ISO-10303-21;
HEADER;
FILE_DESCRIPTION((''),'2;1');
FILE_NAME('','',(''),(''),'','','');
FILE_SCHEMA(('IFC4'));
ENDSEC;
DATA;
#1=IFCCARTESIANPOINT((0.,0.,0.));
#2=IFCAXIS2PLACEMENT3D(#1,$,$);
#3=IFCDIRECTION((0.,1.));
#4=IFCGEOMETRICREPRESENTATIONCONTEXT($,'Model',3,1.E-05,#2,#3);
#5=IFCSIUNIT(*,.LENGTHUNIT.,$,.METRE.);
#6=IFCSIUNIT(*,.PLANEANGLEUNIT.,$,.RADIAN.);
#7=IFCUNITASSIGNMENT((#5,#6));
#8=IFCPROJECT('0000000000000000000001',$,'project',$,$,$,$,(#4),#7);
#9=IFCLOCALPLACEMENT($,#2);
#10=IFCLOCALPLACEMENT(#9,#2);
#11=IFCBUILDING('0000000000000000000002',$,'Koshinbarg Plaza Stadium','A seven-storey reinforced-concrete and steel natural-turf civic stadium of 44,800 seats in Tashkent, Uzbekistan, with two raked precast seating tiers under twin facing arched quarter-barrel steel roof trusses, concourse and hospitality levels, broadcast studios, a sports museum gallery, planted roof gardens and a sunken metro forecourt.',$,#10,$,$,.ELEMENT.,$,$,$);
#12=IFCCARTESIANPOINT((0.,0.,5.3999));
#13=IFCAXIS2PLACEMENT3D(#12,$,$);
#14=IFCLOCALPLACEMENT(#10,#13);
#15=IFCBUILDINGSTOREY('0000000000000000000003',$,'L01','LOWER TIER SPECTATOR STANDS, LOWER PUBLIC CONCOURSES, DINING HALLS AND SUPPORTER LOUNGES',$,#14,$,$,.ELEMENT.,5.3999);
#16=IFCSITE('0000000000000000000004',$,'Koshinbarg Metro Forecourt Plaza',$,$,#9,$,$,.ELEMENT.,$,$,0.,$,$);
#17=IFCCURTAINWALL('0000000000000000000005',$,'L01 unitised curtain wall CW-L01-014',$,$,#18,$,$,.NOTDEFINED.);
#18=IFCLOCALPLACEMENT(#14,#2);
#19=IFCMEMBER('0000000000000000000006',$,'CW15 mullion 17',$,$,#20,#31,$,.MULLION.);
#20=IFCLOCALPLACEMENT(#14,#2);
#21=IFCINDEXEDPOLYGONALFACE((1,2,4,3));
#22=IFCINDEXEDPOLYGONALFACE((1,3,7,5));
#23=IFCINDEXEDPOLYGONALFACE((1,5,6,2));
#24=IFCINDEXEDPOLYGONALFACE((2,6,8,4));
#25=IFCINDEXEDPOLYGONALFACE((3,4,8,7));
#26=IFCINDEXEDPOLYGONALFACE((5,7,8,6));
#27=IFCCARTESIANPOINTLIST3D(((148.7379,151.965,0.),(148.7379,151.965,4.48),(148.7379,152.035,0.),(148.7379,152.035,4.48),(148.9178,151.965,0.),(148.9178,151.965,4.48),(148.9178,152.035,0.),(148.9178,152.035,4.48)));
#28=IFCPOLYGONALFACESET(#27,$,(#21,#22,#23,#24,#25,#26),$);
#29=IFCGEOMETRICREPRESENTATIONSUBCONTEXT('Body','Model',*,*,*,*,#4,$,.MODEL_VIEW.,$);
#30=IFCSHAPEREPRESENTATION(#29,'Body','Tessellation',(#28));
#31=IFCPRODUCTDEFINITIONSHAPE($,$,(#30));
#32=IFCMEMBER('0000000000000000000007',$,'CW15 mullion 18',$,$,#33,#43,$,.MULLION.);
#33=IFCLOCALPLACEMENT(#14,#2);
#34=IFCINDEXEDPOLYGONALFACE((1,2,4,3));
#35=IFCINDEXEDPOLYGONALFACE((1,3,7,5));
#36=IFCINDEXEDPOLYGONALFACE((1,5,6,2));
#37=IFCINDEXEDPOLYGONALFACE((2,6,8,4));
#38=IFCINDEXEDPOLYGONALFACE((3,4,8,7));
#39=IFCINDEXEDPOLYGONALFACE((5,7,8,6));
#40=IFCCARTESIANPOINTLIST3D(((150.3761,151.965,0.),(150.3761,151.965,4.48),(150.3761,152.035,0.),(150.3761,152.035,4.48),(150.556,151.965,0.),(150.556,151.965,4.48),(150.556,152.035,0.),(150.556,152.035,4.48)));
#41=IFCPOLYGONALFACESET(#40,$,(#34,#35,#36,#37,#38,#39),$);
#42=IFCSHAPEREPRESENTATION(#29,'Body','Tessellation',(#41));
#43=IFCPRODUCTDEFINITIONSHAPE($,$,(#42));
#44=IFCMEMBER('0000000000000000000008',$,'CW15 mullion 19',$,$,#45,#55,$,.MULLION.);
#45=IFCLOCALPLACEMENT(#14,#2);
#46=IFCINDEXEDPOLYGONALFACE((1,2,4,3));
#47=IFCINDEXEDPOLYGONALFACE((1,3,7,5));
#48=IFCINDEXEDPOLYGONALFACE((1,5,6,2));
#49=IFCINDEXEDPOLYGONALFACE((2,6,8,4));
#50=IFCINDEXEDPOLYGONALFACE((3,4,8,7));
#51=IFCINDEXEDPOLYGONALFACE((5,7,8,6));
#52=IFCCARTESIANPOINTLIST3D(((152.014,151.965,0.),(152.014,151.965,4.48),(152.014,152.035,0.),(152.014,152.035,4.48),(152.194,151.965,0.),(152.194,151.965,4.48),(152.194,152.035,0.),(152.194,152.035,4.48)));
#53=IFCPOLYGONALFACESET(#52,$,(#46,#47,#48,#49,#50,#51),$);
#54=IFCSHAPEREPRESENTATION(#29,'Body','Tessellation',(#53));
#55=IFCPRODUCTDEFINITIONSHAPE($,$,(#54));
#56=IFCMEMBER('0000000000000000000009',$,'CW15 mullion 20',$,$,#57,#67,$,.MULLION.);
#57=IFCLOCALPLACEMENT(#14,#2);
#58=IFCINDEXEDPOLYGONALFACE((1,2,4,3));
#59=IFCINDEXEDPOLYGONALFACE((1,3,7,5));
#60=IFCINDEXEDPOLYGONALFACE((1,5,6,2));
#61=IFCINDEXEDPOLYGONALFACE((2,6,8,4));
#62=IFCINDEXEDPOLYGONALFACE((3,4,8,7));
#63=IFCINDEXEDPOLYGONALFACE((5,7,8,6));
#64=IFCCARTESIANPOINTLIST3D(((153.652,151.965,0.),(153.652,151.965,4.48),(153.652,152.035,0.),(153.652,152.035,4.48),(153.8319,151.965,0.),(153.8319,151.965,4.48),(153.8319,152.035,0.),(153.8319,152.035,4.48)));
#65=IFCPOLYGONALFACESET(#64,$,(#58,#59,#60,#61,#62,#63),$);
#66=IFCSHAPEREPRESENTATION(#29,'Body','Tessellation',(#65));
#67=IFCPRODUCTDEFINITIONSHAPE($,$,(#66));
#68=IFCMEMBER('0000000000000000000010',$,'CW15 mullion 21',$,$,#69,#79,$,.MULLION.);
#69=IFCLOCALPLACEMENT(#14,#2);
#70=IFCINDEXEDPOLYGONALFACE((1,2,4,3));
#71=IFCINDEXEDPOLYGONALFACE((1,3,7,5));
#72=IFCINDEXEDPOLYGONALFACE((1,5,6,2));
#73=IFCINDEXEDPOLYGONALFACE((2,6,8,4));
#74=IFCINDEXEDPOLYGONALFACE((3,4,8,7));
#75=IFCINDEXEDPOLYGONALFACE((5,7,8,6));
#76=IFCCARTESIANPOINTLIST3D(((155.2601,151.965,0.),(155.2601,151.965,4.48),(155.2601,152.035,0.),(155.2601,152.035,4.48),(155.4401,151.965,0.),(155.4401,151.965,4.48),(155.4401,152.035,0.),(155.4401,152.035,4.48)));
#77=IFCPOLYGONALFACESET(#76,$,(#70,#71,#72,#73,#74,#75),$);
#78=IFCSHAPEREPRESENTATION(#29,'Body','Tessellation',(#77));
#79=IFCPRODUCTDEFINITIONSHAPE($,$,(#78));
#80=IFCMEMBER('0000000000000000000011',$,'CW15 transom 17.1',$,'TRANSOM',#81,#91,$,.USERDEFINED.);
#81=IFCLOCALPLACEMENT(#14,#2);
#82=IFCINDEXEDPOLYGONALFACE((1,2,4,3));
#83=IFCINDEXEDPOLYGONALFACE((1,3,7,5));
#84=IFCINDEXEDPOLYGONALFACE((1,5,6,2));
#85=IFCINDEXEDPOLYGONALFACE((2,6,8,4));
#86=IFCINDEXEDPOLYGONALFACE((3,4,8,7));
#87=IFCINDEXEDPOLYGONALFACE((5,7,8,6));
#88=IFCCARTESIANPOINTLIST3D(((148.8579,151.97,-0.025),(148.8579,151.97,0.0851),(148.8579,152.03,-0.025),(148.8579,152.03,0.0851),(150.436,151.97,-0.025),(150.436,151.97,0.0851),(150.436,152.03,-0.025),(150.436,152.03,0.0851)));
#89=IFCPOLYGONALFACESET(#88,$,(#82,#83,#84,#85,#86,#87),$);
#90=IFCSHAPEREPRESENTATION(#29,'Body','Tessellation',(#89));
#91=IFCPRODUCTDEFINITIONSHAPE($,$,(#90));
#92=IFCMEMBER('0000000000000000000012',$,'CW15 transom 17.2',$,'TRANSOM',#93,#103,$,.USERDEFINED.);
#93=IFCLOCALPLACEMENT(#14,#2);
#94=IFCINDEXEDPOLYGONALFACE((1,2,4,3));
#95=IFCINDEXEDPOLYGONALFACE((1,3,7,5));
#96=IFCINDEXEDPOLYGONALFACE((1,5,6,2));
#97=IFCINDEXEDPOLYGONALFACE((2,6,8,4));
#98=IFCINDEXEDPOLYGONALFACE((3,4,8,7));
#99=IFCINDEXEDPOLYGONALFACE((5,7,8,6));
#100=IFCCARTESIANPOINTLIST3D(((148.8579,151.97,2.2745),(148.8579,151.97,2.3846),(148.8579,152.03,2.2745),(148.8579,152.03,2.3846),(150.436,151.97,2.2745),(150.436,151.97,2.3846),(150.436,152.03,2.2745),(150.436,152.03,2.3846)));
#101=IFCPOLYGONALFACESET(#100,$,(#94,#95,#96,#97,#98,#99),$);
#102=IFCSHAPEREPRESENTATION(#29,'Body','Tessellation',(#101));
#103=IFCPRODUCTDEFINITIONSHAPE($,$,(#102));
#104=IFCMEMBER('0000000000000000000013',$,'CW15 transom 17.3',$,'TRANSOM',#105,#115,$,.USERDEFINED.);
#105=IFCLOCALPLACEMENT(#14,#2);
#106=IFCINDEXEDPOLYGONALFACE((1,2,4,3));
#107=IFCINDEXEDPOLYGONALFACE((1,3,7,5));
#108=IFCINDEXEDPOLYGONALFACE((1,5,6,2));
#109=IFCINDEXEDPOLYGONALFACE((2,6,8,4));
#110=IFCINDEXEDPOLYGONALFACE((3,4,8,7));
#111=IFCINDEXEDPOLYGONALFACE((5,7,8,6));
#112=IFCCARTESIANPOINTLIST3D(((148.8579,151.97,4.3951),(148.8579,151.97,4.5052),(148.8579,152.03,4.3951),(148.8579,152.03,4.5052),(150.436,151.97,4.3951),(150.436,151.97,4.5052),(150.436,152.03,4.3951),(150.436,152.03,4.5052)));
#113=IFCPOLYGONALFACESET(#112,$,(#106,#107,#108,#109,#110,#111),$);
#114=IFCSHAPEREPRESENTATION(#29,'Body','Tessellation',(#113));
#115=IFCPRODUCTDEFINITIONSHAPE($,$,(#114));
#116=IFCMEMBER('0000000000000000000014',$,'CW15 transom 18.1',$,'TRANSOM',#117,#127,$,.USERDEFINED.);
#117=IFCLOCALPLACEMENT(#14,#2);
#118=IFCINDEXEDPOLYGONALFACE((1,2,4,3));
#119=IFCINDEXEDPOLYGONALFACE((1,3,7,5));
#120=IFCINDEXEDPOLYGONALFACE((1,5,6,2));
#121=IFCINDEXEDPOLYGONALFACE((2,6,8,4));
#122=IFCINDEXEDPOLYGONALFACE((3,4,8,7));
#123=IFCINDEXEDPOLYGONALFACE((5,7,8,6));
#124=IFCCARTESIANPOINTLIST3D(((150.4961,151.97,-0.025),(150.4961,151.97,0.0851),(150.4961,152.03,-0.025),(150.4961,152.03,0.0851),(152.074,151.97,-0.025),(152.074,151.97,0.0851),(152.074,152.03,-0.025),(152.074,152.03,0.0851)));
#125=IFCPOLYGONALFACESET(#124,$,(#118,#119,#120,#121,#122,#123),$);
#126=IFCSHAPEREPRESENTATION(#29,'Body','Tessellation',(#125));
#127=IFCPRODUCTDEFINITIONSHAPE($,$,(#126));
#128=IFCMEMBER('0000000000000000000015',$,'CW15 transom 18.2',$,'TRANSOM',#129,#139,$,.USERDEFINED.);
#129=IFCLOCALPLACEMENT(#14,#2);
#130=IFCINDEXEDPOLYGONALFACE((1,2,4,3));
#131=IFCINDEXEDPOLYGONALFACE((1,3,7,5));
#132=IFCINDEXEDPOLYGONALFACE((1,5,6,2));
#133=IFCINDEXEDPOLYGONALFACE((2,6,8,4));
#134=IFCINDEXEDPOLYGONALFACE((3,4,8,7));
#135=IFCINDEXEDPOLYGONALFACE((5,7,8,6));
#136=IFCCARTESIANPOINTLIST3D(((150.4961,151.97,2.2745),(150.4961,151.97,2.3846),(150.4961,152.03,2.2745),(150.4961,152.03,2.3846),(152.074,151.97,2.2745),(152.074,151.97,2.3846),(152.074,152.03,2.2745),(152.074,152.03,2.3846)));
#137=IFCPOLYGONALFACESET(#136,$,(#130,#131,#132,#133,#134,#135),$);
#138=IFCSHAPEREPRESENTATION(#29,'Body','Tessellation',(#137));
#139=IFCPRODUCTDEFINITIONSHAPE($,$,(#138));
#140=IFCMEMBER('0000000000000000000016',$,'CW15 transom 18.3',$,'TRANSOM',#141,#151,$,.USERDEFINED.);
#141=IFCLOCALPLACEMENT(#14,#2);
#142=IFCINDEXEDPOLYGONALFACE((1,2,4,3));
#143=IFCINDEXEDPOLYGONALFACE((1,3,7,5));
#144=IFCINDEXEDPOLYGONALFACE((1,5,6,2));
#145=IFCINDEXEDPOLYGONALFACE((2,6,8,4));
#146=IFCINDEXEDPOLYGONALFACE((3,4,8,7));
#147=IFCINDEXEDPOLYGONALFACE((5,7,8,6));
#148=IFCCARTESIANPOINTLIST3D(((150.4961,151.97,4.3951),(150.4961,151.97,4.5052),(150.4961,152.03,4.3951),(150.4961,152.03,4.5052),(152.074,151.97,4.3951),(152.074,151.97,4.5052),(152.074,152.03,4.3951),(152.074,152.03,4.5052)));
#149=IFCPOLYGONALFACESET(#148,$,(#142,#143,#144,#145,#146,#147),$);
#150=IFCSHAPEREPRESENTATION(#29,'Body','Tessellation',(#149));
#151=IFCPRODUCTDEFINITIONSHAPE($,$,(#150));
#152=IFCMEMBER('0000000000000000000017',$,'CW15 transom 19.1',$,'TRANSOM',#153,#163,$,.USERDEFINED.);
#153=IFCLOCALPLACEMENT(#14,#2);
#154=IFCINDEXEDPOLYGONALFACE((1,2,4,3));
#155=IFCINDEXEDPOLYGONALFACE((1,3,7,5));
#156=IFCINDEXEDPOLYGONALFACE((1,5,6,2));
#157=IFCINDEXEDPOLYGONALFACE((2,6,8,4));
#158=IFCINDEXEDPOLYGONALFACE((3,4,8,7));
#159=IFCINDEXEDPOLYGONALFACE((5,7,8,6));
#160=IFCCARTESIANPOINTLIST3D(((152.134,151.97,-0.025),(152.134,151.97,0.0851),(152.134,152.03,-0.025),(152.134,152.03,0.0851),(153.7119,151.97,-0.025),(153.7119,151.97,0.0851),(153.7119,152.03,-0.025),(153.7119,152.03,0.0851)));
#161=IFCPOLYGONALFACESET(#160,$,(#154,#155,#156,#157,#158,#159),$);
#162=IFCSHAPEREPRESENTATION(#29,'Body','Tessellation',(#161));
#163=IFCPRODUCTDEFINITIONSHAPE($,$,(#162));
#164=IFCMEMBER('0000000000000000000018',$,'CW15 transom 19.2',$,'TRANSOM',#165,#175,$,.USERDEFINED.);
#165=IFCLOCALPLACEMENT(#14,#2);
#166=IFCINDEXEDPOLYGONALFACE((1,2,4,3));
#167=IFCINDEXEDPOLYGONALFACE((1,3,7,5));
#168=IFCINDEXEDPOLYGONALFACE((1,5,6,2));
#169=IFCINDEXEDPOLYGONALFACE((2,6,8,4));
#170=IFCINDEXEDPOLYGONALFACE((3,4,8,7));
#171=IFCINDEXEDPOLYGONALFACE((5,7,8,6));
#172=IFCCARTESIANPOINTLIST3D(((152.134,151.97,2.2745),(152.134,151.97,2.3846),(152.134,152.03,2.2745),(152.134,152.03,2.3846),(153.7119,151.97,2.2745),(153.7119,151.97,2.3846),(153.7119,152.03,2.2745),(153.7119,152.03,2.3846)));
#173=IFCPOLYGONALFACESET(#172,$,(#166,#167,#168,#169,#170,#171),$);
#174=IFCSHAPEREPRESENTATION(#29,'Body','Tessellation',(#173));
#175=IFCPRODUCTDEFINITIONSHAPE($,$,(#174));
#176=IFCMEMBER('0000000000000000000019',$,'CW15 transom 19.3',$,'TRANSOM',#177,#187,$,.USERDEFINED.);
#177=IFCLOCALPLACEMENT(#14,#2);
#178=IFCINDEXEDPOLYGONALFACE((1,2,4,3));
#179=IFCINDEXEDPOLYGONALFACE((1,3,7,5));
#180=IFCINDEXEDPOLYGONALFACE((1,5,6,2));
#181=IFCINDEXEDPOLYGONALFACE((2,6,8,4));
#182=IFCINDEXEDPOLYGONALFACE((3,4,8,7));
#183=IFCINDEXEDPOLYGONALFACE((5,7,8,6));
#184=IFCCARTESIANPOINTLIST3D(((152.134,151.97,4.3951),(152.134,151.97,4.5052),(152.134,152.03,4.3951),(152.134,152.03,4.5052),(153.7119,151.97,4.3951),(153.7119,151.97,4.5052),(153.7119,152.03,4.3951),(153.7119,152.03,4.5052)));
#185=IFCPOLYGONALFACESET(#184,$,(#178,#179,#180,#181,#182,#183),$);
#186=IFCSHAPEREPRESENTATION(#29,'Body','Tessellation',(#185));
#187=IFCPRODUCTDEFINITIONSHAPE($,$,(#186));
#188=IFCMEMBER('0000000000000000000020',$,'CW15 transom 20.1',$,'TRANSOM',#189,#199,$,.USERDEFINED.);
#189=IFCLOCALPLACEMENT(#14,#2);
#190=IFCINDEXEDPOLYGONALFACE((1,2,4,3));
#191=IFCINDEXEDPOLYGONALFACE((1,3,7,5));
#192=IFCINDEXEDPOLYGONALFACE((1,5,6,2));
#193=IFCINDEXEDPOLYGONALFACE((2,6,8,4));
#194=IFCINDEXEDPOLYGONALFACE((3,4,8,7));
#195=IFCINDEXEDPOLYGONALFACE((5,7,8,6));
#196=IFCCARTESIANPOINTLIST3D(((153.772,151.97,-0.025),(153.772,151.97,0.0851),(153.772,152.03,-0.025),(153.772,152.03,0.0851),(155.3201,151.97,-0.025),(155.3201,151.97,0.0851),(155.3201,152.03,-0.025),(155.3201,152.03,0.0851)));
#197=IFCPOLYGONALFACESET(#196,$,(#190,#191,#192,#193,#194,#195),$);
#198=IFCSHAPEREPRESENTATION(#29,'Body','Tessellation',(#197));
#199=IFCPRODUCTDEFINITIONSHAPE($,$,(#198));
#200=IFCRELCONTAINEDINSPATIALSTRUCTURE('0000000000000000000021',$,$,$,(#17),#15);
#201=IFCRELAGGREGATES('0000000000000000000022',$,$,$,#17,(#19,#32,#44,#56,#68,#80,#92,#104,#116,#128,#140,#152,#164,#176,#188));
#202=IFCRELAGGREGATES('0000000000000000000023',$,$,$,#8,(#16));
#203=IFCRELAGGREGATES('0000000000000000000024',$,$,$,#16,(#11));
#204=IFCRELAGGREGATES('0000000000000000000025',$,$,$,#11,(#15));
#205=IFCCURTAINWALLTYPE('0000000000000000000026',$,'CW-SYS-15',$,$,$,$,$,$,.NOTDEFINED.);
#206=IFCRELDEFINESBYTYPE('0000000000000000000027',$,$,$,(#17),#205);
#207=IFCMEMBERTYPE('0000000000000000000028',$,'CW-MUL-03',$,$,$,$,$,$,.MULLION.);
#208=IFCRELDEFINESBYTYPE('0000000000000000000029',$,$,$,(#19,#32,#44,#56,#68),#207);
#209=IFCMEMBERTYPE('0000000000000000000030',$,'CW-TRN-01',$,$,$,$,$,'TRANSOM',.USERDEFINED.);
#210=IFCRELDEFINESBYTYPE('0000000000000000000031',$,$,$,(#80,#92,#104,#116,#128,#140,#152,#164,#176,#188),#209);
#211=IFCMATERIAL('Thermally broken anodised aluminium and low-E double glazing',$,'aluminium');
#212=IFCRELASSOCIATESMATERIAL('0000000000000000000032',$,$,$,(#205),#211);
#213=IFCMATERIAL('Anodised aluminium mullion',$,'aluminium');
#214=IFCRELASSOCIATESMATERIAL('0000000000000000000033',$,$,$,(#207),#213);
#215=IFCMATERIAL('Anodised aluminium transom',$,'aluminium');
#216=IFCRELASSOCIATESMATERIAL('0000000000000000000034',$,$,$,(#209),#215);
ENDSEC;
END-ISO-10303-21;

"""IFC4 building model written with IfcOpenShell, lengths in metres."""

from ifc_helpers import new_model, si_unit, direction, frame, origin, origin_2d, place, context, subcontext, project, spatial, rectangle, extrude, material, material_profile, profile_set, type_object, element, aggregate, save


model = new_model("IFC4")

# Units and contexts
model_context = context("Model", 3, precision=1e-05, world=origin(), true_north=direction((0.0, 1.0)))
body_context = subcontext(model_context, "Body", "Model", "MODEL_VIEW")
ifc_project = project(units=[si_unit("LENGTHUNIT", "METRE"), si_unit("PLANEANGLEUNIT", "RADIAN")], contexts=[model_context])

# Site, building, storey
site_placement = place(None, origin())
site = spatial("IfcSite", under=ifc_project, at=site_placement, Name="Koshinbarg Metro Forecourt Plaza", CompositionType="ELEMENT", RefElevation=0.0)
building_placement = place(site_placement, origin())
building = spatial("IfcBuilding", under=site, at=building_placement, Name="Koshinbarg Plaza Stadium", Description="A seven-storey reinforced-concrete and steel natural-turf civic stadium of 44,800 seats in Tashkent, Uzbekistan, with two raked precast seating tiers under twin facing arched quarter-barrel steel roof trusses, concourse and hospitality levels, broadcast studios, a sports museum gallery, planted roof gardens and a sunken metro forecourt.", CompositionType="ELEMENT")
storey_placement = place(building_placement, frame((0.0, 0.0, 5.3999)))
storey = spatial("IfcBuildingStorey", under=building, at=storey_placement, Name="L01", Description="LOWER TIER SPECTATOR STANDS, LOWER PUBLIC CONCOURSES, DINING HALLS AND SUPPORTER LOUNGES", CompositionType="ELEMENT", Elevation=5.3999)

# Curtain wall, members
ifc_material_1 = material(Name="Thermally broken anodised aluminium and low-E double glazing", Category="aluminium")
curtain_wall_type = type_object("IfcCurtainWallType", Name="CW-SYS-15", PredefinedType="NOTDEFINED", material=ifc_material_1)
curtain_wall_placement = place(storey_placement, origin())
curtain_wall = element("IfcCurtainWall", 1, at=curtain_wall_placement, inside=storey, type_object=curtain_wall_type, Name="L01 unitised curtain wall CW-L01-014", PredefinedType="NOTDEFINED")
ifc_material_2 = material(Name="Anodised aluminium mullion", Category="aluminium")
ifc_material_profile_1 = material_profile(ifc_material_2, rectangle(XDim=0.0701, YDim=0.1799, at=origin_2d()), Name="ALU 70x180")
ifc_profile_set_1 = profile_set([ifc_material_profile_1], Name="Anodised aluminium mullion")
member_type_1 = type_object("IfcMemberType", Name="CW-MUL-03", PredefinedType="MULLION", material=ifc_profile_set_1)
member_1_placement = place(storey_placement, frame((148.8279, 152.0, 0.0), z_axis=(0.0, 0.0, 1.0), x_axis=(0.0, 1.0, 0.0)))
member_1 = element("IfcMember", 2, at=member_1_placement, type_object=member_type_1, Name="CW15 mullion 17", PredefinedType="MULLION", context=body_context, shape_type="SweptSolid", body=[
    extrude(rectangle(XDim=0.0701, YDim=0.1799, at=origin_2d()), origin(), (0.0, 0.0, 1.0), 4.48),
])
member_2_placement = place(storey_placement, frame((150.4661, 152.0, 0.0), z_axis=(0.0, 0.0, 1.0), x_axis=(0.0, 1.0, 0.0)))
member_2 = element("IfcMember", 3, at=member_2_placement, type_object=member_type_1, Name="CW15 mullion 18", PredefinedType="MULLION", context=body_context, shape_type="SweptSolid", body=[
    extrude(rectangle(XDim=0.0701, YDim=0.1799, at=origin_2d()), origin(), (0.0, 0.0, 1.0), 4.48),
])
member_3_placement = place(storey_placement, frame((152.104, 152.0, 0.0), z_axis=(0.0, 0.0, 1.0), x_axis=(0.0, 1.0, 0.0)))
member_3 = element("IfcMember", 4, at=member_3_placement, type_object=member_type_1, Name="CW15 mullion 19", PredefinedType="MULLION", context=body_context, shape_type="SweptSolid", body=[
    extrude(rectangle(XDim=0.0701, YDim=0.1799, at=origin_2d()), origin(), (0.0, 0.0, 1.0), 4.48),
])
member_4_placement = place(storey_placement, frame((153.7419, 152.0, 0.0), z_axis=(0.0, 0.0, 1.0), x_axis=(0.0, 1.0, 0.0)))
member_4 = element("IfcMember", 5, at=member_4_placement, type_object=member_type_1, Name="CW15 mullion 20", PredefinedType="MULLION", context=body_context, shape_type="SweptSolid", body=[
    extrude(rectangle(XDim=0.0701, YDim=0.1799, at=origin_2d()), origin(), (0.0, 0.0, 1.0), 4.48),
])
member_5_placement = place(storey_placement, frame((155.3501, 152.0, 0.0), z_axis=(0.0, 0.0, 1.0), x_axis=(0.0, 1.0, 0.0)))
member_5 = element("IfcMember", 6, at=member_5_placement, type_object=member_type_1, Name="CW15 mullion 21", PredefinedType="MULLION", context=body_context, shape_type="SweptSolid", body=[
    extrude(rectangle(XDim=0.0701, YDim=0.1799, at=origin_2d()), origin(), (0.0, 0.0, 1.0), 4.48),
])
ifc_material_3 = material(Name="Anodised aluminium transom", Category="aluminium")
ifc_material_profile_2 = material_profile(ifc_material_3, rectangle(XDim=0.0601, YDim=0.1101, at=origin_2d()), Name="ALU 60x110")
ifc_profile_set_2 = profile_set([ifc_material_profile_2], Name="Anodised aluminium transom")
member_type_2 = type_object("IfcMemberType", Name="CW-TRN-01", ElementType="TRANSOM", PredefinedType="USERDEFINED", material=ifc_profile_set_2)
member_6_placement = place(storey_placement, frame((148.8579, 152.0, 0.03), z_axis=(1.0, 0.0, 0.0), x_axis=(0.0, 1.0, 0.0)))
member_6 = element("IfcMember", 7, at=member_6_placement, type_object=member_type_2, Name="CW15 transom 17.1", ObjectType="TRANSOM", PredefinedType="USERDEFINED", context=body_context, shape_type="SweptSolid", body=[
    extrude(rectangle(XDim=0.0601, YDim=0.1101, at=origin_2d()), origin(), (0.0, 0.0, 1.0), 1.5781),
])
member_7_placement = place(storey_placement, frame((148.8579, 152.0, 2.3296), z_axis=(1.0, 0.0, 0.0), x_axis=(0.0, 1.0, 0.0)))
member_7 = element("IfcMember", 8, at=member_7_placement, type_object=member_type_2, Name="CW15 transom 17.2", ObjectType="TRANSOM", PredefinedType="USERDEFINED", context=body_context, shape_type="SweptSolid", body=[
    extrude(rectangle(XDim=0.0601, YDim=0.1101, at=origin_2d()), origin(), (0.0, 0.0, 1.0), 1.5781),
])
member_8_placement = place(storey_placement, frame((148.8579, 152.0, 4.4502), z_axis=(1.0, 0.0, 0.0), x_axis=(0.0, 1.0, 0.0)))
member_8 = element("IfcMember", 9, at=member_8_placement, type_object=member_type_2, Name="CW15 transom 17.3", ObjectType="TRANSOM", PredefinedType="USERDEFINED", context=body_context, shape_type="SweptSolid", body=[
    extrude(rectangle(XDim=0.0601, YDim=0.1101, at=origin_2d()), origin(), (0.0, 0.0, 1.0), 1.5781),
])
member_9_placement = place(storey_placement, frame((150.4961, 152.0, 0.03), z_axis=(1.0, 0.0, 0.0), x_axis=(0.0, 1.0, 0.0)))
member_9 = element("IfcMember", 10, at=member_9_placement, type_object=member_type_2, Name="CW15 transom 18.1", ObjectType="TRANSOM", PredefinedType="USERDEFINED", context=body_context, shape_type="SweptSolid", body=[
    extrude(rectangle(XDim=0.0601, YDim=0.1101, at=origin_2d()), origin(), (0.0, 0.0, 1.0), 1.5779),
])
member_10_placement = place(storey_placement, frame((150.4961, 152.0, 2.3296), z_axis=(1.0, 0.0, 0.0), x_axis=(0.0, 1.0, 0.0)))
member_10 = element("IfcMember", 11, at=member_10_placement, type_object=member_type_2, Name="CW15 transom 18.2", ObjectType="TRANSOM", PredefinedType="USERDEFINED", context=body_context, shape_type="SweptSolid", body=[
    extrude(rectangle(XDim=0.0601, YDim=0.1101, at=origin_2d()), origin(), (0.0, 0.0, 1.0), 1.5779),
])
member_11_placement = place(storey_placement, frame((150.4961, 152.0, 4.4502), z_axis=(1.0, 0.0, 0.0), x_axis=(0.0, 1.0, 0.0)))
member_11 = element("IfcMember", 12, at=member_11_placement, type_object=member_type_2, Name="CW15 transom 18.3", ObjectType="TRANSOM", PredefinedType="USERDEFINED", context=body_context, shape_type="SweptSolid", body=[
    extrude(rectangle(XDim=0.0601, YDim=0.1101, at=origin_2d()), origin(), (0.0, 0.0, 1.0), 1.5779),
])
member_12_placement = place(storey_placement, frame((152.134, 152.0, 0.03), z_axis=(1.0, 0.0, 0.0), x_axis=(0.0, 1.0, 0.0)))
member_12 = element("IfcMember", 13, at=member_12_placement, type_object=member_type_2, Name="CW15 transom 19.1", ObjectType="TRANSOM", PredefinedType="USERDEFINED", context=body_context, shape_type="SweptSolid", body=[
    extrude(rectangle(XDim=0.0601, YDim=0.1101, at=origin_2d()), origin(), (0.0, 0.0, 1.0), 1.5779),
])
member_13_placement = place(storey_placement, frame((152.134, 152.0, 2.3296), z_axis=(1.0, 0.0, 0.0), x_axis=(0.0, 1.0, 0.0)))
member_13 = element("IfcMember", 14, at=member_13_placement, type_object=member_type_2, Name="CW15 transom 19.2", ObjectType="TRANSOM", PredefinedType="USERDEFINED", context=body_context, shape_type="SweptSolid", body=[
    extrude(rectangle(XDim=0.0601, YDim=0.1101, at=origin_2d()), origin(), (0.0, 0.0, 1.0), 1.5779),
])
member_14_placement = place(storey_placement, frame((152.134, 152.0, 4.4502), z_axis=(1.0, 0.0, 0.0), x_axis=(0.0, 1.0, 0.0)))
member_14 = element("IfcMember", 15, at=member_14_placement, type_object=member_type_2, Name="CW15 transom 19.3", ObjectType="TRANSOM", PredefinedType="USERDEFINED", context=body_context, shape_type="SweptSolid", body=[
    extrude(rectangle(XDim=0.0601, YDim=0.1101, at=origin_2d()), origin(), (0.0, 0.0, 1.0), 1.5779),
])
member_15_placement = place(storey_placement, frame((153.772, 152.0, 0.03), z_axis=(1.0, 0.0, 0.0), x_axis=(0.0, 1.0, 0.0)))
member_15 = element("IfcMember", 16, at=member_15_placement, type_object=member_type_2, Name="CW15 transom 20.1", ObjectType="TRANSOM", PredefinedType="USERDEFINED", context=body_context, shape_type="SweptSolid", body=[
    extrude(rectangle(XDim=0.0601, YDim=0.1101, at=origin_2d()), origin(), (0.0, 0.0, 1.0), 1.5481),
])
aggregate(curtain_wall, [member_1, member_2, member_3, member_4, member_5, member_6, member_7, member_8, member_9, member_10, member_11, member_12, member_13, member_14, member_15])

save(model, "model.ifc")
